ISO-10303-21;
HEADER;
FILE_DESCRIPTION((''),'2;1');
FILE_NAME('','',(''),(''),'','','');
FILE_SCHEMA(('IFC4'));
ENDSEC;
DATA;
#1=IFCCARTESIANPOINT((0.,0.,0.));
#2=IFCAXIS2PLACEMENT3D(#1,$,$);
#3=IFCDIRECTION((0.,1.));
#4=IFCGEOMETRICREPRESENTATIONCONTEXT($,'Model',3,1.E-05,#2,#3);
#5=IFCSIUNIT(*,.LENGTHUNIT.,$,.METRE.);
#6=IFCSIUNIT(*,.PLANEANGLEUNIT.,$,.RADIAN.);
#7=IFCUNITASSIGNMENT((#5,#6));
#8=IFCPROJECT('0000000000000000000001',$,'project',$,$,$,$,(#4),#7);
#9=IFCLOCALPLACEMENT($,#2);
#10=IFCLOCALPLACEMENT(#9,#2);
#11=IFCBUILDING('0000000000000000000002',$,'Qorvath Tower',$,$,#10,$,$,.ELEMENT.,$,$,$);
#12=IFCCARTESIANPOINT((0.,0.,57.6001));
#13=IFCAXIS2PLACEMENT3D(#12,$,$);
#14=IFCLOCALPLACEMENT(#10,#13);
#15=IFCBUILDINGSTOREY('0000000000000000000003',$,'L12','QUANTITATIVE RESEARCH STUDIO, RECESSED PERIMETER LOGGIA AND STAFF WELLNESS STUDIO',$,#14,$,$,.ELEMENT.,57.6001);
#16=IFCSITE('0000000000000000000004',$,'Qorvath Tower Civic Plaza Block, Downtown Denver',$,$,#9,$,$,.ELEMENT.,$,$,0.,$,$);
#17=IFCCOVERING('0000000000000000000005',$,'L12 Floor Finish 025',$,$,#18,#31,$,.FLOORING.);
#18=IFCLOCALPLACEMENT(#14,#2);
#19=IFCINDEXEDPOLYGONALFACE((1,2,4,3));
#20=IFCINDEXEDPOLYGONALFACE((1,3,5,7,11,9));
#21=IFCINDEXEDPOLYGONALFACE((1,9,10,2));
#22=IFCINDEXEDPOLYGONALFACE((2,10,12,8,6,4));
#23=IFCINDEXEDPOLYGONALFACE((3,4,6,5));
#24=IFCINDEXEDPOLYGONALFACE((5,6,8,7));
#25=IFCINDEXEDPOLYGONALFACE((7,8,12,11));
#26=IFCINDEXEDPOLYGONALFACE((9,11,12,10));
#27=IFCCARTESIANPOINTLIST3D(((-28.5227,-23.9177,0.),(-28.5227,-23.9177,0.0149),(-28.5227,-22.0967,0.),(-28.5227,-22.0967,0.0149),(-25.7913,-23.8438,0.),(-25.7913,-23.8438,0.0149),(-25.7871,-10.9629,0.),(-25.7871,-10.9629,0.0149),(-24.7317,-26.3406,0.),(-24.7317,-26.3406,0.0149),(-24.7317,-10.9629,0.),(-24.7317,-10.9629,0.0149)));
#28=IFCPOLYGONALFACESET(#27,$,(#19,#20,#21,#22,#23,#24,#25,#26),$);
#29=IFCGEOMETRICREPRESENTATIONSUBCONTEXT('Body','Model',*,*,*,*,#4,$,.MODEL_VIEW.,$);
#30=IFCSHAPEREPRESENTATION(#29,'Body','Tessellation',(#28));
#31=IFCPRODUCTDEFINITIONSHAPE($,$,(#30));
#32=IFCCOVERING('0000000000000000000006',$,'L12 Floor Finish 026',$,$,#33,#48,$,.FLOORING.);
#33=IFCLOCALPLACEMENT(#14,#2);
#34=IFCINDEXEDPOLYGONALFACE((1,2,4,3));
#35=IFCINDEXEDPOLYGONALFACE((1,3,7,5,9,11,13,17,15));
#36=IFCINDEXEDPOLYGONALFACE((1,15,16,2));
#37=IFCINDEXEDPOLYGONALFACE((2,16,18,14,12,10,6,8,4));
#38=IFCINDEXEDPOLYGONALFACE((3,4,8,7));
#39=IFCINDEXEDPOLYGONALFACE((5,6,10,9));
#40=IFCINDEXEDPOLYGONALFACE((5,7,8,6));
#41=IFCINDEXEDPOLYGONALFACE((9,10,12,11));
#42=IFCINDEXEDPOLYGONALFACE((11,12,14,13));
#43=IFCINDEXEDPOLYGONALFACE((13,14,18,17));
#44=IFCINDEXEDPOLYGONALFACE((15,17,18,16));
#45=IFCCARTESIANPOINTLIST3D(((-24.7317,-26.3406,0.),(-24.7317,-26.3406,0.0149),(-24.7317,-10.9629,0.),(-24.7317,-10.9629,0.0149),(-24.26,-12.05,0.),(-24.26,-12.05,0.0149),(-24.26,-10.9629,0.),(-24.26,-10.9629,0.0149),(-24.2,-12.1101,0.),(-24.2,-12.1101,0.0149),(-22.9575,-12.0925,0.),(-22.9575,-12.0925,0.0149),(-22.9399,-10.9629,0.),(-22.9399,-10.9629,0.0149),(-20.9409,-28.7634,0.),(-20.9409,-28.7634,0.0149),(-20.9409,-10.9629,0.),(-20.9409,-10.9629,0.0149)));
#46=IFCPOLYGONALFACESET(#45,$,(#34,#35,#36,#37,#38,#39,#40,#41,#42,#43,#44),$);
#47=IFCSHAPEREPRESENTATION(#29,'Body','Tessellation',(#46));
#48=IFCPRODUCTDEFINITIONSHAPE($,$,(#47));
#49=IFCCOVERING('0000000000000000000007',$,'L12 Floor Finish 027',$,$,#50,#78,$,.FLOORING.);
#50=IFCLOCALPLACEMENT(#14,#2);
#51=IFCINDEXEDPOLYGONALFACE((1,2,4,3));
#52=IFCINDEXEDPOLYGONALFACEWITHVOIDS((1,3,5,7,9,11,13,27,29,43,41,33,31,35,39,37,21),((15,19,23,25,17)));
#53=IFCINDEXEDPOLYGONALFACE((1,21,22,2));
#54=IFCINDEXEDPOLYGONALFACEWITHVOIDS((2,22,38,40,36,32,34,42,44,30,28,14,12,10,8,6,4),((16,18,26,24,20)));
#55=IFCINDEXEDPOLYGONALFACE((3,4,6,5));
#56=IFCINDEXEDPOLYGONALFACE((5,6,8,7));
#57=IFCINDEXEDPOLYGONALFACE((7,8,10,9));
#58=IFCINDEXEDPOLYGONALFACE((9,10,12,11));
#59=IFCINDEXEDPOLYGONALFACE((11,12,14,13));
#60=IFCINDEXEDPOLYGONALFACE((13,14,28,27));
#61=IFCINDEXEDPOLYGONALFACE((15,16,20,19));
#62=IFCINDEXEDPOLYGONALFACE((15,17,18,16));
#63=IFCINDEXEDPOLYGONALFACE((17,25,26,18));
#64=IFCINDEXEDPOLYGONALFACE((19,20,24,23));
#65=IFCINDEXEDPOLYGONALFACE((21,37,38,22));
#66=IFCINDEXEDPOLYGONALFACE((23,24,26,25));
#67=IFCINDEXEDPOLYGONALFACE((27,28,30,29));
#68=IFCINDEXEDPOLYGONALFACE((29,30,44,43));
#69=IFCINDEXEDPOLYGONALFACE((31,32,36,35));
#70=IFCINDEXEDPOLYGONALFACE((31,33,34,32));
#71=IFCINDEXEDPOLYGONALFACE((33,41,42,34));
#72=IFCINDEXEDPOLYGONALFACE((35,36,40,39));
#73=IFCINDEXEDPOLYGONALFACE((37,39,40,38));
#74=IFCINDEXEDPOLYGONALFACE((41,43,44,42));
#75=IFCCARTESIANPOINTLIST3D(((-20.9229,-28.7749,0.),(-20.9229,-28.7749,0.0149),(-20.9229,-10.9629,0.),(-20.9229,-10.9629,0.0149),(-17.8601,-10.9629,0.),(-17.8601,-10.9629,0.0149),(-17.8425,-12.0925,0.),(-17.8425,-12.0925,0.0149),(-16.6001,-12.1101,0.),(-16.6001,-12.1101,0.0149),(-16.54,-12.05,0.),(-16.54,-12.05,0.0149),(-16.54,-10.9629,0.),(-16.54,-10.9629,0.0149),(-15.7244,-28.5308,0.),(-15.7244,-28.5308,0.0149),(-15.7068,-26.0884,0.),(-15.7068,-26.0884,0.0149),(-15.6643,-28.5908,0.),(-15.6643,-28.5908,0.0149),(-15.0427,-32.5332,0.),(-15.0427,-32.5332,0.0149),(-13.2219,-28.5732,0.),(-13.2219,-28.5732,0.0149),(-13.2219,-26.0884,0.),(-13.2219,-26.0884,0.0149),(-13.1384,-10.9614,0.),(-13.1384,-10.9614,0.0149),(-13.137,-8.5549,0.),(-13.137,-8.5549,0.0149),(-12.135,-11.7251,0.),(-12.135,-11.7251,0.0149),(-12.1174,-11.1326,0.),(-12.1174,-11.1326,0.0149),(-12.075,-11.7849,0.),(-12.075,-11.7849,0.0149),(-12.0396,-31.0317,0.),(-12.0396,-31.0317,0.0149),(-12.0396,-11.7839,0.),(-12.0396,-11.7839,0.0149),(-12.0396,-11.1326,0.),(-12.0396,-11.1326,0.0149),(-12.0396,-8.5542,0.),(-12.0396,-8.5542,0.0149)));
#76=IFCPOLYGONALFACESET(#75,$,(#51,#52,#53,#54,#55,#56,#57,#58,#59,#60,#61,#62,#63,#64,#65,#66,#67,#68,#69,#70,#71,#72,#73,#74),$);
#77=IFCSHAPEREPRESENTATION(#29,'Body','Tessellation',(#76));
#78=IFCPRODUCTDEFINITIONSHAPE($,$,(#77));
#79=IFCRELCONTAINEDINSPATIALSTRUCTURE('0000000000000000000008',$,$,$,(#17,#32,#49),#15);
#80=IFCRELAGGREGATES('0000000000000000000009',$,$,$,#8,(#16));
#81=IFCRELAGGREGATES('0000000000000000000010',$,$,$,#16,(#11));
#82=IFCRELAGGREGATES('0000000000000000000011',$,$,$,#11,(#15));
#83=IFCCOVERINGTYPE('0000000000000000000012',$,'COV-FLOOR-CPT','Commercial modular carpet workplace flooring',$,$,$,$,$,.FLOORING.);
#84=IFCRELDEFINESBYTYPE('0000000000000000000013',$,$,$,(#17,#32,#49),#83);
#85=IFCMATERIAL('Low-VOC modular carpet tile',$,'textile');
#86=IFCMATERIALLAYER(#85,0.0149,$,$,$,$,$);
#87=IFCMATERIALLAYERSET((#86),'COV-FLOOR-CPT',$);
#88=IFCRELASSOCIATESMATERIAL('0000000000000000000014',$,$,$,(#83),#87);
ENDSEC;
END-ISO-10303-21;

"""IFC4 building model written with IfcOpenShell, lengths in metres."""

from ifc_helpers import new_model, si_unit, direction, frame, origin, place, context, subcontext, project, spatial, polyline, outline, extrude, material, layer, layer_set, type_object, element, save


model = new_model("IFC4")

# Units and contexts
model_context = context("Model", 3, precision=1e-05, world=origin(), true_north=direction((0.0, 1.0)))
body_context = subcontext(model_context, "Body", "Model", "MODEL_VIEW")
ifc_project = project(units=[si_unit("LENGTHUNIT", "METRE"), si_unit("PLANEANGLEUNIT", "RADIAN")], contexts=[model_context])

# Site, building, storey
site_placement = place(None, origin())
site = spatial("IfcSite", under=ifc_project, at=site_placement, Name="Qorvath Tower Civic Plaza Block, Downtown Denver", CompositionType="ELEMENT", RefElevation=0.0)
building_placement = place(site_placement, origin())
building = spatial("IfcBuilding", under=site, at=building_placement, Name="Qorvath Tower", CompositionType="ELEMENT")
storey_placement = place(building_placement, frame((0.0, 0.0, 57.6001)))
storey = spatial("IfcBuildingStorey", under=building, at=storey_placement, Name="L12", Description="QUANTITATIVE RESEARCH STUDIO, RECESSED PERIMETER LOGGIA AND STAFF WELLNESS STUDIO", CompositionType="ELEMENT", Elevation=57.6001)

# Coverings
ifc_material_1 = material(Name="Low-VOC modular carpet tile", Category="textile")
ifc_layer_1 = layer(ifc_material_1, 0.0149)
ifc_layer_set_1 = layer_set([ifc_layer_1], Name="COV-FLOOR-CPT")
covering_type_1 = type_object("IfcCoveringType", Name="COV-FLOOR-CPT", Description="Commercial modular carpet workplace flooring", PredefinedType="FLOORING", material=ifc_layer_set_1)
covering_1_placement = place(storey_placement, origin())
element("IfcCovering", 1, at=covering_1_placement, inside=storey, type_object=covering_type_1, Name="L12 Floor Finish 025", PredefinedType="FLOORING", context=body_context, shape_type="SweptSolid", body=[
    extrude(outline(polyline([(-24.7317, -26.3406), (-24.7317, -10.9629), (-25.7871, -10.9629), (-25.7913, -23.8438), (-28.5227, -22.0967), (-28.5227, -23.9177), (-24.7317, -26.3406)])), origin(), (0.0, 0.0, 1.0), 0.0149),
])
covering_2_placement = place(storey_placement, origin())
element("IfcCovering", 2, at=covering_2_placement, inside=storey, type_object=covering_type_1, Name="L12 Floor Finish 026", PredefinedType="FLOORING", context=body_context, shape_type="SweptSolid", body=[
    extrude(outline(polyline([(-20.9409, -28.7634), (-20.9409, -10.9629), (-22.9399, -10.9629), (-22.9575, -12.0925), (-24.2, -12.1101), (-24.26, -12.05), (-24.26, -10.9629), (-24.7317, -10.9629), (-24.7317, -26.3406), (-20.9409, -28.7634)])), origin(), (0.0, 0.0, 1.0), 0.0149),
])
covering_3_placement = place(storey_placement, origin())
element("IfcCovering", 3, at=covering_3_placement, inside=storey, type_object=covering_type_1, Name="L12 Floor Finish 027", PredefinedType="FLOORING", context=body_context, shape_type="SweptSolid", body=[
    extrude(outline(polyline([(-17.8601, -10.9629), (-20.9229, -10.9629), (-20.9229, -28.7749), (-15.0427, -32.5332), (-12.0396, -31.0317), (-12.0396, -11.7839), (-12.075, -11.7849), (-12.135, -11.7251), (-12.1174, -11.1326), (-12.0396, -11.1326), (-12.0396, -8.5542), (-13.137, -8.5549), (-13.1384, -10.9614), (-16.54, -10.9629), (-16.54, -12.05), (-16.6001, -12.1101), (-17.8425, -12.0925), (-17.8601, -10.9629)]), holes=[polyline([(-15.7244, -28.5308), (-15.7068, -26.0884), (-13.2219, -26.0884), (-13.2219, -28.5732), (-15.6643, -28.5908), (-15.7244, -28.5308)])]), origin(), (0.0, 0.0, 1.0), 0.0149),
])

save(model, "model.ifc")
